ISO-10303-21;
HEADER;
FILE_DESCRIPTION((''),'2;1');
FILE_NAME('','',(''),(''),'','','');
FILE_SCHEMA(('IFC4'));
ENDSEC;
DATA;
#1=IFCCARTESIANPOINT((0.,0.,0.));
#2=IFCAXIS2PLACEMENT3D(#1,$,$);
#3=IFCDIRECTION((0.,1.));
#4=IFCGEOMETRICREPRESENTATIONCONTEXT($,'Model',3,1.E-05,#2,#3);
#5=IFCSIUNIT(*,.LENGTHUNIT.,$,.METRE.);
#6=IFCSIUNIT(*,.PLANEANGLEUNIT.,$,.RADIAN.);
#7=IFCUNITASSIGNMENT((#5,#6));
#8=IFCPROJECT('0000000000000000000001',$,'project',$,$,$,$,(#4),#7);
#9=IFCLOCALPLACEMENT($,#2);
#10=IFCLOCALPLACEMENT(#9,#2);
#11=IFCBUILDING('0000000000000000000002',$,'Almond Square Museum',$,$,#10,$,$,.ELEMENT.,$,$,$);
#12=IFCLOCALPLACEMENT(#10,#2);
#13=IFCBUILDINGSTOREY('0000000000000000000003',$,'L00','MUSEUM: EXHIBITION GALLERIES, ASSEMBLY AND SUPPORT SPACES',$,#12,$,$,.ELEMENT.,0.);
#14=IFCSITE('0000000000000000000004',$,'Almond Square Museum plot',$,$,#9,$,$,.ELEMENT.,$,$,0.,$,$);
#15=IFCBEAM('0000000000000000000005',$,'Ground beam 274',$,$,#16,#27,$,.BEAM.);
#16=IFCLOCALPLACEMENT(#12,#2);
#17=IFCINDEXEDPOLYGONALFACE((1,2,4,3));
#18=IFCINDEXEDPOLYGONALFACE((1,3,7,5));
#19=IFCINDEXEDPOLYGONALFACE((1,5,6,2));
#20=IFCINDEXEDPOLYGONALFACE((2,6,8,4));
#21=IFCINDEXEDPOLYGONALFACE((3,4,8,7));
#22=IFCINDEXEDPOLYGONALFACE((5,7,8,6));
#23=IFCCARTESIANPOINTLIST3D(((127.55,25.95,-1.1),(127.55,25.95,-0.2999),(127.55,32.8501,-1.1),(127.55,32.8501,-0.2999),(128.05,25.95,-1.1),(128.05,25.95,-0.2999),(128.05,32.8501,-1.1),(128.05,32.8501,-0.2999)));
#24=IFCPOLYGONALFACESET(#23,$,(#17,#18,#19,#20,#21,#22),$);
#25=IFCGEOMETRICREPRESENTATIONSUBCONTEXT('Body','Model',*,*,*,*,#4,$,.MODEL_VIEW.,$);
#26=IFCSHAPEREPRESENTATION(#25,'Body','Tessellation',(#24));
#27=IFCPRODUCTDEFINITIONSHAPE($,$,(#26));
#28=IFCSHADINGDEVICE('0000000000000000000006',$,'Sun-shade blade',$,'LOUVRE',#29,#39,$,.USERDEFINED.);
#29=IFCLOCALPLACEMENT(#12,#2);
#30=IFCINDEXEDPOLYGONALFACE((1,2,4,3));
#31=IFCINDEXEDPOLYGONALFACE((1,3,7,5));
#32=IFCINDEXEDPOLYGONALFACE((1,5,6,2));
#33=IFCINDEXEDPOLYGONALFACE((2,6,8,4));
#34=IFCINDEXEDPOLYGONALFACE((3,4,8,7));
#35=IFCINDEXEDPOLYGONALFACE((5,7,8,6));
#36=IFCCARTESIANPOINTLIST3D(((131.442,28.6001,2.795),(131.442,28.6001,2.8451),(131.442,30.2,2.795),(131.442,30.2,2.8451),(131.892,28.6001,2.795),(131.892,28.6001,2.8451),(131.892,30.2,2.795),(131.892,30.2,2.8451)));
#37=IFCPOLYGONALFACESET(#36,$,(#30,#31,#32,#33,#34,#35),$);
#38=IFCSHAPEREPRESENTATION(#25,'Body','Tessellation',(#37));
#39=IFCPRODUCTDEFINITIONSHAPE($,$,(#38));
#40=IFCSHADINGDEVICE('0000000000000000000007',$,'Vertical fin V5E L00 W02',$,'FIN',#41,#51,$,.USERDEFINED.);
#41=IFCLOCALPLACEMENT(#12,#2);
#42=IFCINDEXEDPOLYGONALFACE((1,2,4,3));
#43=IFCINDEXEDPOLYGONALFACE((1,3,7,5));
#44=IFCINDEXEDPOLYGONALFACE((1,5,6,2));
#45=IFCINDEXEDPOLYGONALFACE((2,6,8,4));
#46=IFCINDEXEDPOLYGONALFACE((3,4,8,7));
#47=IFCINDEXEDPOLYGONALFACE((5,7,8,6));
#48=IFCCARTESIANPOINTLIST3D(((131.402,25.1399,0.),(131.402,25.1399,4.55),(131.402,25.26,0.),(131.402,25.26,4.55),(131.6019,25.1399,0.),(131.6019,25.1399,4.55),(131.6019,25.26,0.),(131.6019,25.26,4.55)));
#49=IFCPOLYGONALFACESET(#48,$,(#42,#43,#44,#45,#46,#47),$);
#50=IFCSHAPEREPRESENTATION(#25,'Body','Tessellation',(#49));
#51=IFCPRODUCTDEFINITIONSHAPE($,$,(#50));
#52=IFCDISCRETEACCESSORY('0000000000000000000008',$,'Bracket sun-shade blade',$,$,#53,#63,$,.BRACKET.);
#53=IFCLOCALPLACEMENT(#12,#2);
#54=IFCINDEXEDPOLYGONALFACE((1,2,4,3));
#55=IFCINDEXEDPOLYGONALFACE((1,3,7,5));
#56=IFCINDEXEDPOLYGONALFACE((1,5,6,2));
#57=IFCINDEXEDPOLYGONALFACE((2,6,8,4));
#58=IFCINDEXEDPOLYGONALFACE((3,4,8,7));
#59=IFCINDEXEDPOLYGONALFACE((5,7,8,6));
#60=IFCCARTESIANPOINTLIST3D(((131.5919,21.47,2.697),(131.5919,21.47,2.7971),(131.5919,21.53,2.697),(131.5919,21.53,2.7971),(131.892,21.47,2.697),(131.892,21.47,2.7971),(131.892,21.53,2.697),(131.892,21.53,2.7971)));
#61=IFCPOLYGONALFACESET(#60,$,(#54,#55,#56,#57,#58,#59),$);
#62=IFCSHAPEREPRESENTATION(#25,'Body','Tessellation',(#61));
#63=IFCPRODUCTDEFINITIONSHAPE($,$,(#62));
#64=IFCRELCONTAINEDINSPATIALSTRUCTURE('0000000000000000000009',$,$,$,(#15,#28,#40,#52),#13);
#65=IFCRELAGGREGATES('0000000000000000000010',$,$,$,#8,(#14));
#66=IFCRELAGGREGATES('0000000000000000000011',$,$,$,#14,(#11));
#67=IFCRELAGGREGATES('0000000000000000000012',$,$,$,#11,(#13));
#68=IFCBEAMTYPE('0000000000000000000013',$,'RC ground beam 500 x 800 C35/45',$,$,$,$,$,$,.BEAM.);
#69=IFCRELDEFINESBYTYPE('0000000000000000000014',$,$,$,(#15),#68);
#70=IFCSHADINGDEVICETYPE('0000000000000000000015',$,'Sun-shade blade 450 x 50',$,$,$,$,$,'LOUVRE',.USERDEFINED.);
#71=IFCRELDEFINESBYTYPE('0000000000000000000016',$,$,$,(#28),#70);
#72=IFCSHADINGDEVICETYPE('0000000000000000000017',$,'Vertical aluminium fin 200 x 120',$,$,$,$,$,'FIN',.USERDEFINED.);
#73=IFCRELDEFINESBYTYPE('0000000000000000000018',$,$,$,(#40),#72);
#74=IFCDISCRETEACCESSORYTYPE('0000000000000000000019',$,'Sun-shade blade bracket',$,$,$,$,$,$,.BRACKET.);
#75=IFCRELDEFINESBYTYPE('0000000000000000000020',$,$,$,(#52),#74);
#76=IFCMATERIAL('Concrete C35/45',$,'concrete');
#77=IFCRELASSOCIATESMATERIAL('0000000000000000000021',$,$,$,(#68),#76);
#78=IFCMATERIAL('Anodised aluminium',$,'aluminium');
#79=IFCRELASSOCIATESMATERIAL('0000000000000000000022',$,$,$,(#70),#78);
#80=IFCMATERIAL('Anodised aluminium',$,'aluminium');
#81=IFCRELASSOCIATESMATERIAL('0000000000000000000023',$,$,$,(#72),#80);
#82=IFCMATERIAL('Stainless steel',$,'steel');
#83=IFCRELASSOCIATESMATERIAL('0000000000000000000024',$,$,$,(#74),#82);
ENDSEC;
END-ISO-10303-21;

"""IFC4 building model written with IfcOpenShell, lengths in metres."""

from ifc_helpers import new_model, si_unit, direction, frame, origin, origin_2d, place, context, subcontext, project, spatial, rectangle, extrude, material, material_profile, profile_set, type_object, element, save


model = new_model("IFC4")

# Units and contexts
model_context = context("Model", 3, precision=1e-05, world=origin(), true_north=direction((0.0, 1.0)))
body_context = subcontext(model_context, "Body", "Model", "MODEL_VIEW")
ifc_project = project(units=[si_unit("LENGTHUNIT", "METRE"), si_unit("PLANEANGLEUNIT", "RADIAN")], contexts=[model_context])

# Site, building, storey
site_placement = place(None, origin())
site = spatial("IfcSite", under=ifc_project, at=site_placement, Name="Almond Square Museum plot", CompositionType="ELEMENT", RefElevation=0.0)
building_placement = place(site_placement, origin())
building = spatial("IfcBuilding", under=site, at=building_placement, Name="Almond Square Museum", CompositionType="ELEMENT")
storey_placement = place(building_placement, origin())
storey = spatial("IfcBuildingStorey", under=building, at=storey_placement, Name="L00", Description="MUSEUM: EXHIBITION GALLERIES, ASSEMBLY AND SUPPORT SPACES", CompositionType="ELEMENT", Elevation=0.0)

# Beam
ifc_material_1 = material(Name="Concrete C35/45", Category="concrete")
ifc_material_profile_1 = material_profile(ifc_material_1, rectangle(XDim=0.5, YDim=0.8, at=origin_2d()))
ifc_profile_set_1 = profile_set([ifc_material_profile_1], Name="Concrete C35/45")
beam_type_1 = type_object("IfcBeamType", Name="RC ground beam 500 x 800 C35/45", PredefinedType="BEAM", material=ifc_profile_set_1)
beam_1_placement = place(storey_placement, frame((127.8, 25.95, -0.7), z_axis=(0.0, 1.0, 0.0), x_axis=(-1.0, 0.0, 0.0)))
element("IfcBeam", 1, at=beam_1_placement, inside=storey, type_object=beam_type_1, Name="Ground beam 274", PredefinedType="BEAM", context=body_context, shape_type="SweptSolid", body=[
    extrude(rectangle(XDim=0.5, YDim=0.8, at=origin_2d()), origin(), (0.0, 0.0, 1.0), 6.9001),
])

# Shading devices
ifc_material_2 = material(Name="Anodised aluminium", Category="aluminium")
ifc_material_profile_2 = material_profile(ifc_material_2, rectangle(XDim=0.45, YDim=0.05, at=origin_2d()))
ifc_profile_set_2 = profile_set([ifc_material_profile_2], Name="Anodised aluminium")
shading_device_type_1 = type_object("IfcShadingDeviceType", Name="Sun-shade blade 450 x 50", ElementType="LOUVRE", PredefinedType="USERDEFINED", material=ifc_profile_set_2)
shading_device_1_placement = place(storey_placement, frame((131.667, 28.6001, 2.8201), z_axis=(0.0, 1.0, 0.0), x_axis=(-1.0, 0.0, 0.0)))
element("IfcShadingDevice", 2, at=shading_device_1_placement, inside=storey, type_object=shading_device_type_1, Name="Sun-shade blade", ObjectType="LOUVRE", PredefinedType="USERDEFINED", context=body_context, shape_type="SweptSolid", body=[
    extrude(rectangle(XDim=0.45, YDim=0.05, at=origin_2d()), origin(), (0.0, 0.0, 1.0), 1.5999),
])
ifc_material_3 = material(Name="Anodised aluminium", Category="aluminium")
ifc_material_profile_3 = material_profile(ifc_material_3, rectangle(XDim=0.2, YDim=0.1201, at=origin_2d()))
ifc_profile_set_3 = profile_set([ifc_material_profile_3], Name="Anodised aluminium")
shading_device_type_2 = type_object("IfcShadingDeviceType", Name="Vertical aluminium fin 200 x 120", ElementType="FIN", PredefinedType="USERDEFINED", material=ifc_profile_set_3)
shading_device_2_placement = place(storey_placement, frame((131.502, 25.2, 0.0), z_axis=(0.0, 0.0, 1.0), x_axis=(-1.0, 0.0, 0.0)))
element("IfcShadingDevice", 3, at=shading_device_2_placement, inside=storey, type_object=shading_device_type_2, Name="Vertical fin V5E L00 W02", ObjectType="FIN", PredefinedType="USERDEFINED", context=body_context, shape_type="SweptSolid", body=[
    extrude(rectangle(XDim=0.2, YDim=0.1201, at=origin_2d()), origin(), (0.0, 0.0, 1.0), 4.55),
])

# Discrete accessory
ifc_material_4 = material(Name="Stainless steel", Category="steel")
discrete_accessory_type = type_object("IfcDiscreteAccessoryType", Name="Sun-shade blade bracket", PredefinedType="BRACKET", material=ifc_material_4)
discrete_accessory_placement = place(storey_placement, frame((131.7419, 21.5, 2.697), z_axis=(0.0, 0.0, 1.0), x_axis=(1.0, 0.0, 0.0)))
element("IfcDiscreteAccessory", 4, at=discrete_accessory_placement, inside=storey, type_object=discrete_accessory_type, Name="Bracket sun-shade blade", PredefinedType="BRACKET", context=body_context, shape_type="SweptSolid", body=[
    extrude(rectangle(XDim=0.3, YDim=0.0601, at=origin_2d()), origin(), (0.0, 0.0, 1.0), 0.1001),
])

save(model, "model.ifc")
